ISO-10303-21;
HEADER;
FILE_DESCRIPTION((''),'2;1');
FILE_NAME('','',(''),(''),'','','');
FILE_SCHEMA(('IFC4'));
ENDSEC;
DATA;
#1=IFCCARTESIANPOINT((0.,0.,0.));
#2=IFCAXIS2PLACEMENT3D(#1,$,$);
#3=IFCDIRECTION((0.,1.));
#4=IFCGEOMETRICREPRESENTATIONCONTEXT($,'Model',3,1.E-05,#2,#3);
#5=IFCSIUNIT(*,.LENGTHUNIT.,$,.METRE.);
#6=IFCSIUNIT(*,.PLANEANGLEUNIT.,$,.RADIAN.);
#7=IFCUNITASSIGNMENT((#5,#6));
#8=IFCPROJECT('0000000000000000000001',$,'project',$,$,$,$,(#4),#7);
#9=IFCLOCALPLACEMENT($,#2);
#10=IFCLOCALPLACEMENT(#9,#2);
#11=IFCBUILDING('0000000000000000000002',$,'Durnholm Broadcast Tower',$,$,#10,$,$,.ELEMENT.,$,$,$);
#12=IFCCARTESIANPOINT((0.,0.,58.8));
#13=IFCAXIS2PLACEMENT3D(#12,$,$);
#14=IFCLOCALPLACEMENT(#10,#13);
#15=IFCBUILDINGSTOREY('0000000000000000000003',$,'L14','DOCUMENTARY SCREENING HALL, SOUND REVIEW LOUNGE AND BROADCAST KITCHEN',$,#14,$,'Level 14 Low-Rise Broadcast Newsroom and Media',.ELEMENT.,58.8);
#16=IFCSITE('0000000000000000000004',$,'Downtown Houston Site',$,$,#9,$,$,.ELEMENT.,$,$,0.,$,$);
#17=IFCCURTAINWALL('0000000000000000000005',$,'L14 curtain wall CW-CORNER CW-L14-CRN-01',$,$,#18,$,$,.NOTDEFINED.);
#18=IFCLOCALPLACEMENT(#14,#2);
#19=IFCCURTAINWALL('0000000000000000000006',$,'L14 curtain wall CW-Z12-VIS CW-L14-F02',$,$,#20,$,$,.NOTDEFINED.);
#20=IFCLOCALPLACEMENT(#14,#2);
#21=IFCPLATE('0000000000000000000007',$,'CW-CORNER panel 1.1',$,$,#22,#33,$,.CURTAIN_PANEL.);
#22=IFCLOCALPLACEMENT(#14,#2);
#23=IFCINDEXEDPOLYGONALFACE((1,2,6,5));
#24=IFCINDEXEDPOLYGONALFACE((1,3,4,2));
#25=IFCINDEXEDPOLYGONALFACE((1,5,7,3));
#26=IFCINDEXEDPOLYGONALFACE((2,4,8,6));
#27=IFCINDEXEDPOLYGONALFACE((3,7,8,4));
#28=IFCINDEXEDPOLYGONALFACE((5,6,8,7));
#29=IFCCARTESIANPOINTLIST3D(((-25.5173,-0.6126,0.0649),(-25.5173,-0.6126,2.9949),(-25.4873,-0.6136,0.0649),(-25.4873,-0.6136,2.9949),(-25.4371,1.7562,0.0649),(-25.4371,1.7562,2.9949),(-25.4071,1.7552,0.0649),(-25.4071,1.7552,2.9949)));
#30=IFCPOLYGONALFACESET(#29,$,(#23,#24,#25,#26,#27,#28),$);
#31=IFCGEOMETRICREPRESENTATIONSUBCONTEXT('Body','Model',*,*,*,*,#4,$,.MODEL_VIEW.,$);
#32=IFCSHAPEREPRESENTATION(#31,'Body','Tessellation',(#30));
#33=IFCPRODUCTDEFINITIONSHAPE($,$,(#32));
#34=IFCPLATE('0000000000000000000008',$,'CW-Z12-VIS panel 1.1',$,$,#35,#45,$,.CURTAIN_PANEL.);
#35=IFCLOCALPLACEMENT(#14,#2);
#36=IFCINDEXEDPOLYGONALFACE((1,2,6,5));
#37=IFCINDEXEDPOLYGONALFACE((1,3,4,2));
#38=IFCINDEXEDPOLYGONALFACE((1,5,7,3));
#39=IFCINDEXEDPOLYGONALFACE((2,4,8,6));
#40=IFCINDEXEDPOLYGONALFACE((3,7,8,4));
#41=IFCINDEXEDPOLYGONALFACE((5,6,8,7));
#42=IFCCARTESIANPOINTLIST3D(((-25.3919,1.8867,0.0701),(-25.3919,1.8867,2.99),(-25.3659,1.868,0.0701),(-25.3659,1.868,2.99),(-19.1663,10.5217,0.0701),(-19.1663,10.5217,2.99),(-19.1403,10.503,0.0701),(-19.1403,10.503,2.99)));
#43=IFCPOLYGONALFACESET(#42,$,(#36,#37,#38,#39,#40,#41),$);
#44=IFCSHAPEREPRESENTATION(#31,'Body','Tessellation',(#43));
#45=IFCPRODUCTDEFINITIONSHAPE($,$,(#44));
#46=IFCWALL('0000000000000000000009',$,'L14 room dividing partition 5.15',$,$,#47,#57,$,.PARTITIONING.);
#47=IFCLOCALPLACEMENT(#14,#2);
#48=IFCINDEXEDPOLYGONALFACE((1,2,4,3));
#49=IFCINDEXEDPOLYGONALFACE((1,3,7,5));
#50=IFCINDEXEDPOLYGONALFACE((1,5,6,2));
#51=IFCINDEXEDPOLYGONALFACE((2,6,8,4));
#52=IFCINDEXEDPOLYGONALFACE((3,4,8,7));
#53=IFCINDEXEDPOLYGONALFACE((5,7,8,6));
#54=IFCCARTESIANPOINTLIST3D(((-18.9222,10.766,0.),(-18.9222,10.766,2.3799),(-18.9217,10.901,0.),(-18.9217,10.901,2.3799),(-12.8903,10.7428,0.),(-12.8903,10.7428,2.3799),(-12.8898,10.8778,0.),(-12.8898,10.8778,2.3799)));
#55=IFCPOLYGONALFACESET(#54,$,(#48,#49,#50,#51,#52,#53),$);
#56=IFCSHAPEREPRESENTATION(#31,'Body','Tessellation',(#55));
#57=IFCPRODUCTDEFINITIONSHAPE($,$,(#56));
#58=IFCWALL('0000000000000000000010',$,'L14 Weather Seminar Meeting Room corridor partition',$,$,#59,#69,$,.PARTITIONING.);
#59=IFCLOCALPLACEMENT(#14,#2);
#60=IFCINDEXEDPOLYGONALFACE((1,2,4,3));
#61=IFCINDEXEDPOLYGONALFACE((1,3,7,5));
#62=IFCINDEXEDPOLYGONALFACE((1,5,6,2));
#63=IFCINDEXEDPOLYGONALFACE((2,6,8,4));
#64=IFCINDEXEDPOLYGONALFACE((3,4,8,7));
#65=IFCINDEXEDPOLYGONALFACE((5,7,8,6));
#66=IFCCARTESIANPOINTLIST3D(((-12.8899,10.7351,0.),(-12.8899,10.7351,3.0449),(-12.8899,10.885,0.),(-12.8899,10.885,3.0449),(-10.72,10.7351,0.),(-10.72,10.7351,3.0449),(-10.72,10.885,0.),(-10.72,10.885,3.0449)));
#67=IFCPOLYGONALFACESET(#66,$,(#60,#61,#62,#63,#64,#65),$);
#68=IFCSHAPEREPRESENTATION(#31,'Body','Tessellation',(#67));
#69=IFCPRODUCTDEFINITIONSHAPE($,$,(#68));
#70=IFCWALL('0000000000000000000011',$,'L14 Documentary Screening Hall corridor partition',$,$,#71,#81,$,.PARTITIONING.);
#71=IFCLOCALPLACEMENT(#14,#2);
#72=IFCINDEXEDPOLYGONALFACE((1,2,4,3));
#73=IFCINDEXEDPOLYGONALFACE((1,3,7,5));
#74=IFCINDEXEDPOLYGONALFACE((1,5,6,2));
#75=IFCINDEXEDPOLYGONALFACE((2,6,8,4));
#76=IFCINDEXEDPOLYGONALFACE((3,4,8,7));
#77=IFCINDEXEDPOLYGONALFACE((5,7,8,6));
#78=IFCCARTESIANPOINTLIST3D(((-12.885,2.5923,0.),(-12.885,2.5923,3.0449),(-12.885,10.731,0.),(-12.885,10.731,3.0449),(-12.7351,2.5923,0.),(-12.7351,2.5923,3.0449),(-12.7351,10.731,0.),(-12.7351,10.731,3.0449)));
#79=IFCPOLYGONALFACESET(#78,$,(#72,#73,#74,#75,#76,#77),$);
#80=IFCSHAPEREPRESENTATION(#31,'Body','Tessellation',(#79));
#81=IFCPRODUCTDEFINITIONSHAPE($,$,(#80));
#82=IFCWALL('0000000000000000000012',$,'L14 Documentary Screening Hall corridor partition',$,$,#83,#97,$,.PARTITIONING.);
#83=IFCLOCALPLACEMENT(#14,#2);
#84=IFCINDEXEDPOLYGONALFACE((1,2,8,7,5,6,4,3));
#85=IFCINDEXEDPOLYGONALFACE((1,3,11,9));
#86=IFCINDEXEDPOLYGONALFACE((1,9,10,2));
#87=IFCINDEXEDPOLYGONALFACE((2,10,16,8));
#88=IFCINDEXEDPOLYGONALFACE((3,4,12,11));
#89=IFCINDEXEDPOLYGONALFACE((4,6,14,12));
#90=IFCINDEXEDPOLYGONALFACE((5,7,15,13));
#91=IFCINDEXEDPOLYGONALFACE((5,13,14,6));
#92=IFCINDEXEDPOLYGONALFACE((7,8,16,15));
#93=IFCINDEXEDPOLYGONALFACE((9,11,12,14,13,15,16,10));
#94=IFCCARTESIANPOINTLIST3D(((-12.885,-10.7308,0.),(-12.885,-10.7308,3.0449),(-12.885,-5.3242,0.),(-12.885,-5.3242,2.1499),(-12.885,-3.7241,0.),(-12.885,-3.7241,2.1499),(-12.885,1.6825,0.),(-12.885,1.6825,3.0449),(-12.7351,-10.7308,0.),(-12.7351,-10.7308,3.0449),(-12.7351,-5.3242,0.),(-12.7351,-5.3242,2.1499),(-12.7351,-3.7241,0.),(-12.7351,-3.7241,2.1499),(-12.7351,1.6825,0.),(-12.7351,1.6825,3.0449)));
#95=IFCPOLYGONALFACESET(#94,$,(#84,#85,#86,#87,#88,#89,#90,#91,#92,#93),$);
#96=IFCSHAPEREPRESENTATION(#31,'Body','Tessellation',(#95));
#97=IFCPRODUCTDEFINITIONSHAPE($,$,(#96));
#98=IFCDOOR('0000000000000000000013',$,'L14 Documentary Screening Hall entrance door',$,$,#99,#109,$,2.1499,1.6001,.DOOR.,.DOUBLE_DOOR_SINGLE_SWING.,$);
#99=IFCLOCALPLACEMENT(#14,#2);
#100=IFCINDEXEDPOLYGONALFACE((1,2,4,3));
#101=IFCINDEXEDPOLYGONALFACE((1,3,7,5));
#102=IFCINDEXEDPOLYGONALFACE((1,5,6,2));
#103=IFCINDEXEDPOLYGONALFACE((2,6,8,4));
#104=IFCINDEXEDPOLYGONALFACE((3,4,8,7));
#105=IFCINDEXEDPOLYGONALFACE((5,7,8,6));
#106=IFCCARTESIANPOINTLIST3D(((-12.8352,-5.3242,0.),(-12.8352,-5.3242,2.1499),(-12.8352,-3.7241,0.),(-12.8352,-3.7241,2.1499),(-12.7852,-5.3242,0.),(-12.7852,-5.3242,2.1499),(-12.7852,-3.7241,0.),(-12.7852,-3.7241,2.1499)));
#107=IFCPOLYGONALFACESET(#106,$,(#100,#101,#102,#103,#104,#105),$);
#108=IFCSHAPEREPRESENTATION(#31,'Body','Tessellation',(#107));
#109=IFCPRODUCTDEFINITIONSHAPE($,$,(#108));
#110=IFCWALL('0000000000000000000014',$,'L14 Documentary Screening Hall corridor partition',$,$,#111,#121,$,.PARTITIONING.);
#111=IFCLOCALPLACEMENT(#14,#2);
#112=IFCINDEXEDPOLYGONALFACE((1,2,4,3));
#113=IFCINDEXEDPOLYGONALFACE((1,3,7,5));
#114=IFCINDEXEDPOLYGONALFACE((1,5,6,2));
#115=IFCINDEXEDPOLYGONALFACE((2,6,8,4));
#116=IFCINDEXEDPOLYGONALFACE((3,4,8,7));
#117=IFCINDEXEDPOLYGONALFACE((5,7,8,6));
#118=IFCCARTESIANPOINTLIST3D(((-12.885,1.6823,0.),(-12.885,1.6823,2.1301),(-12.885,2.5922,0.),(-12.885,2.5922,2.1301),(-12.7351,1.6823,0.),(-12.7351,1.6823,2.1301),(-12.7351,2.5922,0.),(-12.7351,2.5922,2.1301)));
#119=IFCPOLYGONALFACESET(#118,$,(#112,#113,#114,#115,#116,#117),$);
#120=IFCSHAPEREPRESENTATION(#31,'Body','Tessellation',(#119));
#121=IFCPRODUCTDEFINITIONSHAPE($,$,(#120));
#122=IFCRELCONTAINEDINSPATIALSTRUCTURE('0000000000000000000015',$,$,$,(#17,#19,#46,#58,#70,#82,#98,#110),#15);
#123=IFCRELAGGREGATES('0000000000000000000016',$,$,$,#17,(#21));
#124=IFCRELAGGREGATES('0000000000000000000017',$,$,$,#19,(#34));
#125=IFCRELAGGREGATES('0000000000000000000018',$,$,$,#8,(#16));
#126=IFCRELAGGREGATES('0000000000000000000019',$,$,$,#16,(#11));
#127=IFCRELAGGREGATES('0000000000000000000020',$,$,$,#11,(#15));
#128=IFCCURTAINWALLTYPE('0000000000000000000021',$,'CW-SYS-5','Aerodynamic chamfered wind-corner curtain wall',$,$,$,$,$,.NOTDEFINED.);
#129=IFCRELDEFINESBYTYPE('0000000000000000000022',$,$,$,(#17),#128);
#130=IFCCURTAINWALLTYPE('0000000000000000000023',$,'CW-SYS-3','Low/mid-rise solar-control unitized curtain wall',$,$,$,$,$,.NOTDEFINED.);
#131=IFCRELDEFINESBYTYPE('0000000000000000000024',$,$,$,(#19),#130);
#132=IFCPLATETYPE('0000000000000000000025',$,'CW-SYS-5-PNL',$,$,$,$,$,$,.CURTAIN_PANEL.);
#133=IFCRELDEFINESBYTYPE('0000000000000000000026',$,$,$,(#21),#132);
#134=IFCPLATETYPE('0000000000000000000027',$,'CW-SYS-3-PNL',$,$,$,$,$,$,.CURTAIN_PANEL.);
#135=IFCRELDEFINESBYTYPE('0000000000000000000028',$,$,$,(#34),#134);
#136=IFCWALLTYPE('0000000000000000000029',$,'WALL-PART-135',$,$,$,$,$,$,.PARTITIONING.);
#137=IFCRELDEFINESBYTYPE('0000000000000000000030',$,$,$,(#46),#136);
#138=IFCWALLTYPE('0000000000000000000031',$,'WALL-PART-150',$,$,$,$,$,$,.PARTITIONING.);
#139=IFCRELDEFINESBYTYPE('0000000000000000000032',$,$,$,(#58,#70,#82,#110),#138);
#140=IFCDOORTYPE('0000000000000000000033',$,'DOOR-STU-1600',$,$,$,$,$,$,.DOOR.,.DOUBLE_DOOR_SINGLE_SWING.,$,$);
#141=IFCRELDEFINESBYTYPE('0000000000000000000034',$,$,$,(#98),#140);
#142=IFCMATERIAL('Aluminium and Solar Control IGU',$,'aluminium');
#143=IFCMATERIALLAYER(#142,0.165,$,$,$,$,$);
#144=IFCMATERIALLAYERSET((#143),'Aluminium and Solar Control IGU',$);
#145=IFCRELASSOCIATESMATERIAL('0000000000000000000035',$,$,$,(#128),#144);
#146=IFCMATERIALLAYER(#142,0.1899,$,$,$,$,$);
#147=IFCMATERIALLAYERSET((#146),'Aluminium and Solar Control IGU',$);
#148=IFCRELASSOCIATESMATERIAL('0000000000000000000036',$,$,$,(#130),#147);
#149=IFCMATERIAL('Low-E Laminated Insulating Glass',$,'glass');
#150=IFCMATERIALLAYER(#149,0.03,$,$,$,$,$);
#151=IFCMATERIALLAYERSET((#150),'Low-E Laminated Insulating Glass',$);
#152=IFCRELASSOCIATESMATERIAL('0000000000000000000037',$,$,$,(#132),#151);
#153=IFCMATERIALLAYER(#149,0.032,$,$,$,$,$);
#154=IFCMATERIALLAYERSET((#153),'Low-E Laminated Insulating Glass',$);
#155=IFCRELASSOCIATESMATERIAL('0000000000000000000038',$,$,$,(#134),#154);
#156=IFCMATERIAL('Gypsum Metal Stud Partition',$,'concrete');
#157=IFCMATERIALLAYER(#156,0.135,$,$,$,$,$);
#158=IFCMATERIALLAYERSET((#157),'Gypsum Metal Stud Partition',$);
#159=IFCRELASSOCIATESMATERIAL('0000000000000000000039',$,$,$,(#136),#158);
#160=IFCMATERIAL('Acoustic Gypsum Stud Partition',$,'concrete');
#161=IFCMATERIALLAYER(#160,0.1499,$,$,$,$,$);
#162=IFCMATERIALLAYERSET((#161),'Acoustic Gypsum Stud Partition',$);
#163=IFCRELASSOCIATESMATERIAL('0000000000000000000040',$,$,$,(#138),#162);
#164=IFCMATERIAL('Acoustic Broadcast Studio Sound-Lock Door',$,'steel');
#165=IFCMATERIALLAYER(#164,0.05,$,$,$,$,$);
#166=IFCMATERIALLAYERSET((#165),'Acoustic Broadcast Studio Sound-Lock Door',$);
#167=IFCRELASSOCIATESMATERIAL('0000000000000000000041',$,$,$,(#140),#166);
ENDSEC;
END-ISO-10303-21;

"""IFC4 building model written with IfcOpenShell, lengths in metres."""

from ifc_helpers import new_model, si_unit, direction, frame, frame_2d, origin, origin_2d, place, context, subcontext, project, spatial, rectangle, extrude, source, transform, mapped, material, layer, layer_set, type_object, type_shapes, element, fill, aggregate, save


model = new_model("IFC4")

# Units and contexts
model_context = context("Model", 3, precision=1e-05, world=origin(), true_north=direction((0.0, 1.0)))
body_context = subcontext(model_context, "Body", "Model", "MODEL_VIEW")
ifc_project = project(units=[si_unit("LENGTHUNIT", "METRE"), si_unit("PLANEANGLEUNIT", "RADIAN")], contexts=[model_context])

# Site, building, storey
site_placement = place(None, origin())
site = spatial("IfcSite", under=ifc_project, at=site_placement, Name="Downtown Houston Site", CompositionType="ELEMENT", RefElevation=0.0)
building_placement = place(site_placement, origin())
building = spatial("IfcBuilding", under=site, at=building_placement, Name="Durnholm Broadcast Tower", CompositionType="ELEMENT")
storey_placement = place(building_placement, frame((0.0, 0.0, 58.8)))
storey = spatial("IfcBuildingStorey", under=building, at=storey_placement, Name="L14", Description="DOCUMENTARY SCREENING HALL, SOUND REVIEW LOUNGE AND BROADCAST KITCHEN", LongName="Level 14 Low-Rise Broadcast Newsroom and Media", CompositionType="ELEMENT", Elevation=58.8)

# Curtain wall
ifc_material_1 = material(Name="Aluminium and Solar Control IGU", Category="aluminium")
ifc_layer_1 = layer(ifc_material_1, 0.165)
ifc_layer_set_1 = layer_set([ifc_layer_1], Name="Aluminium and Solar Control IGU")
curtain_wall_type_1 = type_object("IfcCurtainWallType", Name="CW-SYS-5", Description="Aerodynamic chamfered wind-corner curtain wall", PredefinedType="NOTDEFINED", material=ifc_layer_set_1)
curtain_wall_1_placement = place(storey_placement, origin())
curtain_wall_1 = element("IfcCurtainWall", 1, at=curtain_wall_1_placement, inside=storey, type_object=curtain_wall_type_1, Name="L14 curtain wall CW-CORNER CW-L14-CRN-01", PredefinedType="NOTDEFINED")

# Curtain wall
ifc_layer_2 = layer(ifc_material_1, 0.1899)
ifc_layer_set_2 = layer_set([ifc_layer_2], Name="Aluminium and Solar Control IGU")
curtain_wall_type_2 = type_object("IfcCurtainWallType", Name="CW-SYS-3", Description="Low/mid-rise solar-control unitized curtain wall", PredefinedType="NOTDEFINED", material=ifc_layer_set_2)
curtain_wall_2_placement = place(storey_placement, origin())
curtain_wall_2 = element("IfcCurtainWall", 2, at=curtain_wall_2_placement, inside=storey, type_object=curtain_wall_type_2, Name="L14 curtain wall CW-Z12-VIS CW-L14-F02", PredefinedType="NOTDEFINED")

# Plates
ifc_material_2 = material(Name="Low-E Laminated Insulating Glass", Category="glass")
ifc_layer_3 = layer(ifc_material_2, 0.03)
ifc_layer_set_3 = layer_set([ifc_layer_3], Name="Low-E Laminated Insulating Glass")
plate_type_1 = type_object("IfcPlateType", Name="CW-SYS-5-PNL", PredefinedType="CURTAIN_PANEL", material=ifc_layer_set_3)
shared_shape_1 = source(origin(), body_context, "Body", "SweptSolid", [
    extrude(rectangle(XDim=2.3701, YDim=0.03, at=origin_2d()), origin(), (0.0, 0.0, 1.0), 2.9299),
])
type_shapes(plate_type_1, [shared_shape_1])
plate_1_placement = place(storey_placement, frame((-25.4622, 0.5713, 0.0649), z_axis=(0.0, 0.0, 1.0), x_axis=(0.03384, 0.999427, 0.0)))
plate_1 = element("IfcPlate", 3, at=plate_1_placement, type_object=plate_type_1, Name="CW-CORNER panel 1.1", PredefinedType="CURTAIN_PANEL", context=body_context, shape_type="MappedRepresentation", body=[
    mapped(shared_shape_1, transform((0.0, 0.0, 0.0), x_axis=(1.0, 0.0, 0.0), y_axis=(0.0, 1.0, 0.0), z_axis=(0.0, 0.0, 1.0), scale=1.0)),
])
aggregate(curtain_wall_1, [plate_1])
ifc_layer_4 = layer(ifc_material_2, 0.032)
ifc_layer_set_4 = layer_set([ifc_layer_4], Name="Low-E Laminated Insulating Glass")
plate_type_2 = type_object("IfcPlateType", Name="CW-SYS-3-PNL", PredefinedType="CURTAIN_PANEL", material=ifc_layer_set_4)
shared_shape_2 = source(origin(), body_context, "Body", "SweptSolid", [
    extrude(rectangle(XDim=10.6453, YDim=0.032, at=origin_2d()), origin(), (0.0, 0.0, 1.0), 2.9199),
])
type_shapes(plate_type_2, [shared_shape_2])
plate_2_placement = place(storey_placement, frame((-22.2661, 6.1948, 0.0701), z_axis=(0.0, 0.0, 1.0), x_axis=(0.584823, 0.811161, 0.0)))
plate_2 = element("IfcPlate", 4, at=plate_2_placement, type_object=plate_type_2, Name="CW-Z12-VIS panel 1.1", PredefinedType="CURTAIN_PANEL", context=body_context, shape_type="MappedRepresentation", body=[
    mapped(shared_shape_2, transform((0.0, 0.0, 0.0), x_axis=(1.0, 0.0, 0.0), y_axis=(0.0, 1.0, 0.0), z_axis=(0.0, 0.0, 1.0), scale=1.0)),
])
aggregate(curtain_wall_2, [plate_2])

# Walls
ifc_material_3 = material(Name="Gypsum Metal Stud Partition", Category="concrete")
ifc_layer_5 = layer(ifc_material_3, 0.135)
ifc_layer_set_5 = layer_set([ifc_layer_5], Name="Gypsum Metal Stud Partition")
wall_type_1 = type_object("IfcWallType", Name="WALL-PART-135", PredefinedType="PARTITIONING", material=ifc_layer_set_5)
wall_1_placement = place(storey_placement, frame((-12.8899, 10.8103, 0.0), z_axis=(0.0, 0.0, 1.0), x_axis=(-0.999993, 0.003845, 0.0)))
element("IfcWall", 5, at=wall_1_placement, inside=storey, type_object=wall_type_1, Name="L14 room dividing partition 5.15", PredefinedType="PARTITIONING", context=body_context, shape_type="SweptSolid", body=[
    extrude(rectangle(XDim=6.032, YDim=0.135, at=frame_2d((3.0161, 0.0))), origin(), (0.0, 0.0, 1.0), 2.3799),
])
ifc_material_4 = material(Name="Acoustic Gypsum Stud Partition", Category="concrete")
ifc_layer_6 = layer(ifc_material_4, 0.1499)
ifc_layer_set_6 = layer_set([ifc_layer_6], Name="Acoustic Gypsum Stud Partition")
wall_type_2 = type_object("IfcWallType", Name="WALL-PART-150", PredefinedType="PARTITIONING", material=ifc_layer_set_6)
wall_2_placement = place(storey_placement, frame((-10.72, 10.8101, 0.0), z_axis=(0.0, 0.0, 1.0), x_axis=(-1.0, 0.0, 0.0)))
element("IfcWall", 6, at=wall_2_placement, inside=storey, type_object=wall_type_2, Name="L14 Weather Seminar Meeting Room corridor partition", PredefinedType="PARTITIONING", context=body_context, shape_type="SweptSolid", body=[
    extrude(rectangle(XDim=2.1699, YDim=0.1499, at=frame_2d((1.085, 0.0))), origin(), (0.0, 0.0, 1.0), 3.0449),
])
wall_3_placement = place(storey_placement, frame((-12.8101, 10.731, 0.0), z_axis=(0.0, 0.0, 1.0), x_axis=(0.0, -1.0, 0.0)))
element("IfcWall", 7, at=wall_3_placement, inside=storey, type_object=wall_type_2, Name="L14 Documentary Screening Hall corridor partition", PredefinedType="PARTITIONING", context=body_context, shape_type="SweptSolid", body=[
    extrude(rectangle(XDim=8.1387, YDim=0.1499, at=frame_2d((4.0693, 0.0))), origin(), (0.0, 0.0, 1.0), 3.0449),
])

# Wall, opening, door
wall_4_placement = place(storey_placement, frame((-12.8101, 1.6824, 0.0), z_axis=(0.0, 0.0, 1.0), x_axis=(0.0, -1.0, 0.0)))
wall_4 = element("IfcWall", 8, at=wall_4_placement, inside=storey, type_object=wall_type_2, Name="L14 Documentary Screening Hall corridor partition", PredefinedType="PARTITIONING", context=body_context, shape_type="SweptSolid", body=[
    extrude(rectangle(XDim=12.4133, YDim=0.1499, at=frame_2d((6.2065, 0.0))), origin(), (0.0, 0.0, 1.0), 3.0449),
])
opening_placement = place(wall_4_placement, frame((5.4065, 0.0, 0.0)))
opening = element("IfcOpeningElement", 9, at=opening_placement, cuts=wall_4, PredefinedType="OPENING", context=body_context, shape_type="SweptSolid", body=[
    extrude(rectangle(XDim=1.6001, YDim=2.1499, at=frame_2d((0.8, 1.075))), frame((0.0, 0.085, 0.0), z_axis=(0.0, -1.0, 0.0), x_axis=(1.0, 0.0, 0.0)), (0.0, 0.0, 1.0), 0.1699),
])
ifc_material_5 = material(Name="Acoustic Broadcast Studio Sound-Lock Door", Category="steel")
ifc_layer_7 = layer(ifc_material_5, 0.05)
ifc_layer_set_7 = layer_set([ifc_layer_7], Name="Acoustic Broadcast Studio Sound-Lock Door")
door_type = type_object("IfcDoorType", Name="DOOR-STU-1600", OperationType="DOUBLE_DOOR_SINGLE_SWING", PredefinedType="DOOR", material=ifc_layer_set_7)
shared_shape_3 = source(origin(), body_context, "Body", "SweptSolid", [
    extrude(rectangle(XDim=1.6001, YDim=2.1499, at=frame_2d((0.8, 1.075))), frame((0.0, 0.0249, 0.0), z_axis=(0.0, -1.0, 0.0), x_axis=(1.0, 0.0, 0.0)), (0.0, 0.0, 1.0), 0.05),
])
type_shapes(door_type, [shared_shape_3])
door_placement = place(opening_placement, origin())
door = element("IfcDoor", 10, at=door_placement, inside=storey, type_object=door_type, Name="L14 Documentary Screening Hall entrance door", OperationType="DOUBLE_DOOR_SINGLE_SWING", OverallHeight=2.1499, OverallWidth=1.6001, PredefinedType="DOOR", context=body_context, shape_type="MappedRepresentation", body=[
    mapped(shared_shape_3, transform((0.0, 0.0, 0.0), x_axis=(1.0, 0.0, 0.0), y_axis=(0.0, 1.0, 0.0), z_axis=(0.0, 0.0, 1.0), scale=1.0)),
])
fill(opening, door)

# Wall
wall_5_placement = place(storey_placement, frame((-12.8101, 2.5923, 0.0), z_axis=(0.0, 0.0, 1.0), x_axis=(0.0, -1.0, 0.0)))
element("IfcWall", 11, at=wall_5_placement, inside=storey, type_object=wall_type_2, Name="L14 Documentary Screening Hall corridor partition", PredefinedType="PARTITIONING", context=body_context, shape_type="SweptSolid", body=[
    extrude(rectangle(XDim=0.9099, YDim=0.1499, at=frame_2d((0.4551, 0.0))), origin(), (0.0, 0.0, 1.0), 2.1301),
])

save(model, "model.ifc")
